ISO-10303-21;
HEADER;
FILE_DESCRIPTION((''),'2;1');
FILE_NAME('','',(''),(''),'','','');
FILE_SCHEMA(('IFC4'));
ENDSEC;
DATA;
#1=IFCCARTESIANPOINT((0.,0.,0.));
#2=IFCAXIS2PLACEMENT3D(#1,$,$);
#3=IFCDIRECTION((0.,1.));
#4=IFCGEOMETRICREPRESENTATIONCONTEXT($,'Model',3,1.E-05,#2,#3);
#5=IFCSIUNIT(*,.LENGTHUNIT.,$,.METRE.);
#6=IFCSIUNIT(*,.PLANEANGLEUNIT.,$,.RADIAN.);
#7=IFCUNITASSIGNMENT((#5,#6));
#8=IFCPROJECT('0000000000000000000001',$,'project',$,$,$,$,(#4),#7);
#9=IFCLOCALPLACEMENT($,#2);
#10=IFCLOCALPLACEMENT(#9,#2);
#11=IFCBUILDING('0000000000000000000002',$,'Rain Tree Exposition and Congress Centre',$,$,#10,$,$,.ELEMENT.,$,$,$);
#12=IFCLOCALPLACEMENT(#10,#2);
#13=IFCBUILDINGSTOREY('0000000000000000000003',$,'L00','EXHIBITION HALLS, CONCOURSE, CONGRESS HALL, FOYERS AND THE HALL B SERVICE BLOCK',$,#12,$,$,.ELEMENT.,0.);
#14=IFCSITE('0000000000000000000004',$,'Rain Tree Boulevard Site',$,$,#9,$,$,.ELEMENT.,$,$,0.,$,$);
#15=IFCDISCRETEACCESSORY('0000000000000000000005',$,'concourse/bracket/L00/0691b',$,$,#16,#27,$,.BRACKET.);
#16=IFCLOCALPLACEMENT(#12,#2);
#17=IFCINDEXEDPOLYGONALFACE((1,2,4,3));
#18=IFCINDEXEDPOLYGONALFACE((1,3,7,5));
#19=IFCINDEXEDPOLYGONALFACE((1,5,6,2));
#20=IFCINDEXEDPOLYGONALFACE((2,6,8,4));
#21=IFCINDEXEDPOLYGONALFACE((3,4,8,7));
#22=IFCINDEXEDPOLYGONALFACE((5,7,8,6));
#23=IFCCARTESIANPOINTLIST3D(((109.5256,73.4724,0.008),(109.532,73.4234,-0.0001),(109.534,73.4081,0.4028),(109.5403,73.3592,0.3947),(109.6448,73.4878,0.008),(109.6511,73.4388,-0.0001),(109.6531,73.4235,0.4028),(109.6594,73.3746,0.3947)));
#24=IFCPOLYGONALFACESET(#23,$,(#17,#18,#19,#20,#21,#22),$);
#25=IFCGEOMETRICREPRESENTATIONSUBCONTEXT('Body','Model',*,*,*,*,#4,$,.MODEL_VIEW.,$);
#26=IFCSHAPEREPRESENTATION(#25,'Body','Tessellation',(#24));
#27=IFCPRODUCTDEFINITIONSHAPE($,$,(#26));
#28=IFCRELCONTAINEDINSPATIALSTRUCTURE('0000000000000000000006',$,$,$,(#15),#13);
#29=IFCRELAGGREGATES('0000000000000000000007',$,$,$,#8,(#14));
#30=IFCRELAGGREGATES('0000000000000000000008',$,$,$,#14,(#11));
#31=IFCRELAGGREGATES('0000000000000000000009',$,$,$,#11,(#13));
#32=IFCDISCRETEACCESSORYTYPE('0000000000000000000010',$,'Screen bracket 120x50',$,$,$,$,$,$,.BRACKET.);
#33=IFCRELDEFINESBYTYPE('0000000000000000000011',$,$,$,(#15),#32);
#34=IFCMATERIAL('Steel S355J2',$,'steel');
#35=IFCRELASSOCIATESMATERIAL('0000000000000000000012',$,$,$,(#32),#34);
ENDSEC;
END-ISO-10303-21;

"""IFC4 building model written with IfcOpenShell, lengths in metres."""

from ifc_helpers import new_model, si_unit, direction, frame, origin, origin_2d, place, context, subcontext, project, spatial, rectangle, extrude, material, material_profile, profile_set, type_object, element, save


model = new_model("IFC4")

# Units and contexts
model_context = context("Model", 3, precision=1e-05, world=origin(), true_north=direction((0.0, 1.0)))
body_context = subcontext(model_context, "Body", "Model", "MODEL_VIEW")
ifc_project = project(units=[si_unit("LENGTHUNIT", "METRE"), si_unit("PLANEANGLEUNIT", "RADIAN")], contexts=[model_context])

# Site, building, storey
site_placement = place(None, origin())
site = spatial("IfcSite", under=ifc_project, at=site_placement, Name="Rain Tree Boulevard Site", CompositionType="ELEMENT", RefElevation=0.0)
building_placement = place(site_placement, origin())
building = spatial("IfcBuilding", under=site, at=building_placement, Name="Rain Tree Exposition and Congress Centre", CompositionType="ELEMENT")
storey_placement = place(building_placement, origin())
storey = spatial("IfcBuildingStorey", under=building, at=storey_placement, Name="L00", Description="EXHIBITION HALLS, CONCOURSE, CONGRESS HALL, FOYERS AND THE HALL B SERVICE BLOCK", CompositionType="ELEMENT", Elevation=0.0)

# Discrete accessory
ifc_material_1 = material(Name="Steel S355J2", Category="steel")
ifc_material_profile_1 = material_profile(ifc_material_1, rectangle(XDim=0.1201, YDim=0.05, at=origin_2d()), Name="Flat bar 120x50")
ifc_profile_set_1 = profile_set([ifc_material_profile_1], Name="Steel S355J2")
discrete_accessory_type = type_object("IfcDiscreteAccessoryType", Name="Screen bracket 120x50", PredefinedType="BRACKET", material=ifc_profile_set_1)
for number, where, z_axis, x_axis, name in (
    (1, (109.5884, 73.4556, 0.0039), (0.020749, -0.160503, 0.986817), (0.991747, 0.128211, 0.0), "concourse/bracket/L00/0691b"),
):
    element("IfcDiscreteAccessory", number, at=place(storey_placement, frame(where, z_axis=z_axis, x_axis=x_axis)), inside=storey, type_object=discrete_accessory_type, Name=name, PredefinedType="BRACKET", context=body_context, shape_type="SweptSolid", body=[
        extrude(rectangle(XDim=0.1201, YDim=0.05, at=origin_2d()), origin(), (0.0, 0.0, 1.0), 0.4001),
    ])

save(model, "model.ifc")
